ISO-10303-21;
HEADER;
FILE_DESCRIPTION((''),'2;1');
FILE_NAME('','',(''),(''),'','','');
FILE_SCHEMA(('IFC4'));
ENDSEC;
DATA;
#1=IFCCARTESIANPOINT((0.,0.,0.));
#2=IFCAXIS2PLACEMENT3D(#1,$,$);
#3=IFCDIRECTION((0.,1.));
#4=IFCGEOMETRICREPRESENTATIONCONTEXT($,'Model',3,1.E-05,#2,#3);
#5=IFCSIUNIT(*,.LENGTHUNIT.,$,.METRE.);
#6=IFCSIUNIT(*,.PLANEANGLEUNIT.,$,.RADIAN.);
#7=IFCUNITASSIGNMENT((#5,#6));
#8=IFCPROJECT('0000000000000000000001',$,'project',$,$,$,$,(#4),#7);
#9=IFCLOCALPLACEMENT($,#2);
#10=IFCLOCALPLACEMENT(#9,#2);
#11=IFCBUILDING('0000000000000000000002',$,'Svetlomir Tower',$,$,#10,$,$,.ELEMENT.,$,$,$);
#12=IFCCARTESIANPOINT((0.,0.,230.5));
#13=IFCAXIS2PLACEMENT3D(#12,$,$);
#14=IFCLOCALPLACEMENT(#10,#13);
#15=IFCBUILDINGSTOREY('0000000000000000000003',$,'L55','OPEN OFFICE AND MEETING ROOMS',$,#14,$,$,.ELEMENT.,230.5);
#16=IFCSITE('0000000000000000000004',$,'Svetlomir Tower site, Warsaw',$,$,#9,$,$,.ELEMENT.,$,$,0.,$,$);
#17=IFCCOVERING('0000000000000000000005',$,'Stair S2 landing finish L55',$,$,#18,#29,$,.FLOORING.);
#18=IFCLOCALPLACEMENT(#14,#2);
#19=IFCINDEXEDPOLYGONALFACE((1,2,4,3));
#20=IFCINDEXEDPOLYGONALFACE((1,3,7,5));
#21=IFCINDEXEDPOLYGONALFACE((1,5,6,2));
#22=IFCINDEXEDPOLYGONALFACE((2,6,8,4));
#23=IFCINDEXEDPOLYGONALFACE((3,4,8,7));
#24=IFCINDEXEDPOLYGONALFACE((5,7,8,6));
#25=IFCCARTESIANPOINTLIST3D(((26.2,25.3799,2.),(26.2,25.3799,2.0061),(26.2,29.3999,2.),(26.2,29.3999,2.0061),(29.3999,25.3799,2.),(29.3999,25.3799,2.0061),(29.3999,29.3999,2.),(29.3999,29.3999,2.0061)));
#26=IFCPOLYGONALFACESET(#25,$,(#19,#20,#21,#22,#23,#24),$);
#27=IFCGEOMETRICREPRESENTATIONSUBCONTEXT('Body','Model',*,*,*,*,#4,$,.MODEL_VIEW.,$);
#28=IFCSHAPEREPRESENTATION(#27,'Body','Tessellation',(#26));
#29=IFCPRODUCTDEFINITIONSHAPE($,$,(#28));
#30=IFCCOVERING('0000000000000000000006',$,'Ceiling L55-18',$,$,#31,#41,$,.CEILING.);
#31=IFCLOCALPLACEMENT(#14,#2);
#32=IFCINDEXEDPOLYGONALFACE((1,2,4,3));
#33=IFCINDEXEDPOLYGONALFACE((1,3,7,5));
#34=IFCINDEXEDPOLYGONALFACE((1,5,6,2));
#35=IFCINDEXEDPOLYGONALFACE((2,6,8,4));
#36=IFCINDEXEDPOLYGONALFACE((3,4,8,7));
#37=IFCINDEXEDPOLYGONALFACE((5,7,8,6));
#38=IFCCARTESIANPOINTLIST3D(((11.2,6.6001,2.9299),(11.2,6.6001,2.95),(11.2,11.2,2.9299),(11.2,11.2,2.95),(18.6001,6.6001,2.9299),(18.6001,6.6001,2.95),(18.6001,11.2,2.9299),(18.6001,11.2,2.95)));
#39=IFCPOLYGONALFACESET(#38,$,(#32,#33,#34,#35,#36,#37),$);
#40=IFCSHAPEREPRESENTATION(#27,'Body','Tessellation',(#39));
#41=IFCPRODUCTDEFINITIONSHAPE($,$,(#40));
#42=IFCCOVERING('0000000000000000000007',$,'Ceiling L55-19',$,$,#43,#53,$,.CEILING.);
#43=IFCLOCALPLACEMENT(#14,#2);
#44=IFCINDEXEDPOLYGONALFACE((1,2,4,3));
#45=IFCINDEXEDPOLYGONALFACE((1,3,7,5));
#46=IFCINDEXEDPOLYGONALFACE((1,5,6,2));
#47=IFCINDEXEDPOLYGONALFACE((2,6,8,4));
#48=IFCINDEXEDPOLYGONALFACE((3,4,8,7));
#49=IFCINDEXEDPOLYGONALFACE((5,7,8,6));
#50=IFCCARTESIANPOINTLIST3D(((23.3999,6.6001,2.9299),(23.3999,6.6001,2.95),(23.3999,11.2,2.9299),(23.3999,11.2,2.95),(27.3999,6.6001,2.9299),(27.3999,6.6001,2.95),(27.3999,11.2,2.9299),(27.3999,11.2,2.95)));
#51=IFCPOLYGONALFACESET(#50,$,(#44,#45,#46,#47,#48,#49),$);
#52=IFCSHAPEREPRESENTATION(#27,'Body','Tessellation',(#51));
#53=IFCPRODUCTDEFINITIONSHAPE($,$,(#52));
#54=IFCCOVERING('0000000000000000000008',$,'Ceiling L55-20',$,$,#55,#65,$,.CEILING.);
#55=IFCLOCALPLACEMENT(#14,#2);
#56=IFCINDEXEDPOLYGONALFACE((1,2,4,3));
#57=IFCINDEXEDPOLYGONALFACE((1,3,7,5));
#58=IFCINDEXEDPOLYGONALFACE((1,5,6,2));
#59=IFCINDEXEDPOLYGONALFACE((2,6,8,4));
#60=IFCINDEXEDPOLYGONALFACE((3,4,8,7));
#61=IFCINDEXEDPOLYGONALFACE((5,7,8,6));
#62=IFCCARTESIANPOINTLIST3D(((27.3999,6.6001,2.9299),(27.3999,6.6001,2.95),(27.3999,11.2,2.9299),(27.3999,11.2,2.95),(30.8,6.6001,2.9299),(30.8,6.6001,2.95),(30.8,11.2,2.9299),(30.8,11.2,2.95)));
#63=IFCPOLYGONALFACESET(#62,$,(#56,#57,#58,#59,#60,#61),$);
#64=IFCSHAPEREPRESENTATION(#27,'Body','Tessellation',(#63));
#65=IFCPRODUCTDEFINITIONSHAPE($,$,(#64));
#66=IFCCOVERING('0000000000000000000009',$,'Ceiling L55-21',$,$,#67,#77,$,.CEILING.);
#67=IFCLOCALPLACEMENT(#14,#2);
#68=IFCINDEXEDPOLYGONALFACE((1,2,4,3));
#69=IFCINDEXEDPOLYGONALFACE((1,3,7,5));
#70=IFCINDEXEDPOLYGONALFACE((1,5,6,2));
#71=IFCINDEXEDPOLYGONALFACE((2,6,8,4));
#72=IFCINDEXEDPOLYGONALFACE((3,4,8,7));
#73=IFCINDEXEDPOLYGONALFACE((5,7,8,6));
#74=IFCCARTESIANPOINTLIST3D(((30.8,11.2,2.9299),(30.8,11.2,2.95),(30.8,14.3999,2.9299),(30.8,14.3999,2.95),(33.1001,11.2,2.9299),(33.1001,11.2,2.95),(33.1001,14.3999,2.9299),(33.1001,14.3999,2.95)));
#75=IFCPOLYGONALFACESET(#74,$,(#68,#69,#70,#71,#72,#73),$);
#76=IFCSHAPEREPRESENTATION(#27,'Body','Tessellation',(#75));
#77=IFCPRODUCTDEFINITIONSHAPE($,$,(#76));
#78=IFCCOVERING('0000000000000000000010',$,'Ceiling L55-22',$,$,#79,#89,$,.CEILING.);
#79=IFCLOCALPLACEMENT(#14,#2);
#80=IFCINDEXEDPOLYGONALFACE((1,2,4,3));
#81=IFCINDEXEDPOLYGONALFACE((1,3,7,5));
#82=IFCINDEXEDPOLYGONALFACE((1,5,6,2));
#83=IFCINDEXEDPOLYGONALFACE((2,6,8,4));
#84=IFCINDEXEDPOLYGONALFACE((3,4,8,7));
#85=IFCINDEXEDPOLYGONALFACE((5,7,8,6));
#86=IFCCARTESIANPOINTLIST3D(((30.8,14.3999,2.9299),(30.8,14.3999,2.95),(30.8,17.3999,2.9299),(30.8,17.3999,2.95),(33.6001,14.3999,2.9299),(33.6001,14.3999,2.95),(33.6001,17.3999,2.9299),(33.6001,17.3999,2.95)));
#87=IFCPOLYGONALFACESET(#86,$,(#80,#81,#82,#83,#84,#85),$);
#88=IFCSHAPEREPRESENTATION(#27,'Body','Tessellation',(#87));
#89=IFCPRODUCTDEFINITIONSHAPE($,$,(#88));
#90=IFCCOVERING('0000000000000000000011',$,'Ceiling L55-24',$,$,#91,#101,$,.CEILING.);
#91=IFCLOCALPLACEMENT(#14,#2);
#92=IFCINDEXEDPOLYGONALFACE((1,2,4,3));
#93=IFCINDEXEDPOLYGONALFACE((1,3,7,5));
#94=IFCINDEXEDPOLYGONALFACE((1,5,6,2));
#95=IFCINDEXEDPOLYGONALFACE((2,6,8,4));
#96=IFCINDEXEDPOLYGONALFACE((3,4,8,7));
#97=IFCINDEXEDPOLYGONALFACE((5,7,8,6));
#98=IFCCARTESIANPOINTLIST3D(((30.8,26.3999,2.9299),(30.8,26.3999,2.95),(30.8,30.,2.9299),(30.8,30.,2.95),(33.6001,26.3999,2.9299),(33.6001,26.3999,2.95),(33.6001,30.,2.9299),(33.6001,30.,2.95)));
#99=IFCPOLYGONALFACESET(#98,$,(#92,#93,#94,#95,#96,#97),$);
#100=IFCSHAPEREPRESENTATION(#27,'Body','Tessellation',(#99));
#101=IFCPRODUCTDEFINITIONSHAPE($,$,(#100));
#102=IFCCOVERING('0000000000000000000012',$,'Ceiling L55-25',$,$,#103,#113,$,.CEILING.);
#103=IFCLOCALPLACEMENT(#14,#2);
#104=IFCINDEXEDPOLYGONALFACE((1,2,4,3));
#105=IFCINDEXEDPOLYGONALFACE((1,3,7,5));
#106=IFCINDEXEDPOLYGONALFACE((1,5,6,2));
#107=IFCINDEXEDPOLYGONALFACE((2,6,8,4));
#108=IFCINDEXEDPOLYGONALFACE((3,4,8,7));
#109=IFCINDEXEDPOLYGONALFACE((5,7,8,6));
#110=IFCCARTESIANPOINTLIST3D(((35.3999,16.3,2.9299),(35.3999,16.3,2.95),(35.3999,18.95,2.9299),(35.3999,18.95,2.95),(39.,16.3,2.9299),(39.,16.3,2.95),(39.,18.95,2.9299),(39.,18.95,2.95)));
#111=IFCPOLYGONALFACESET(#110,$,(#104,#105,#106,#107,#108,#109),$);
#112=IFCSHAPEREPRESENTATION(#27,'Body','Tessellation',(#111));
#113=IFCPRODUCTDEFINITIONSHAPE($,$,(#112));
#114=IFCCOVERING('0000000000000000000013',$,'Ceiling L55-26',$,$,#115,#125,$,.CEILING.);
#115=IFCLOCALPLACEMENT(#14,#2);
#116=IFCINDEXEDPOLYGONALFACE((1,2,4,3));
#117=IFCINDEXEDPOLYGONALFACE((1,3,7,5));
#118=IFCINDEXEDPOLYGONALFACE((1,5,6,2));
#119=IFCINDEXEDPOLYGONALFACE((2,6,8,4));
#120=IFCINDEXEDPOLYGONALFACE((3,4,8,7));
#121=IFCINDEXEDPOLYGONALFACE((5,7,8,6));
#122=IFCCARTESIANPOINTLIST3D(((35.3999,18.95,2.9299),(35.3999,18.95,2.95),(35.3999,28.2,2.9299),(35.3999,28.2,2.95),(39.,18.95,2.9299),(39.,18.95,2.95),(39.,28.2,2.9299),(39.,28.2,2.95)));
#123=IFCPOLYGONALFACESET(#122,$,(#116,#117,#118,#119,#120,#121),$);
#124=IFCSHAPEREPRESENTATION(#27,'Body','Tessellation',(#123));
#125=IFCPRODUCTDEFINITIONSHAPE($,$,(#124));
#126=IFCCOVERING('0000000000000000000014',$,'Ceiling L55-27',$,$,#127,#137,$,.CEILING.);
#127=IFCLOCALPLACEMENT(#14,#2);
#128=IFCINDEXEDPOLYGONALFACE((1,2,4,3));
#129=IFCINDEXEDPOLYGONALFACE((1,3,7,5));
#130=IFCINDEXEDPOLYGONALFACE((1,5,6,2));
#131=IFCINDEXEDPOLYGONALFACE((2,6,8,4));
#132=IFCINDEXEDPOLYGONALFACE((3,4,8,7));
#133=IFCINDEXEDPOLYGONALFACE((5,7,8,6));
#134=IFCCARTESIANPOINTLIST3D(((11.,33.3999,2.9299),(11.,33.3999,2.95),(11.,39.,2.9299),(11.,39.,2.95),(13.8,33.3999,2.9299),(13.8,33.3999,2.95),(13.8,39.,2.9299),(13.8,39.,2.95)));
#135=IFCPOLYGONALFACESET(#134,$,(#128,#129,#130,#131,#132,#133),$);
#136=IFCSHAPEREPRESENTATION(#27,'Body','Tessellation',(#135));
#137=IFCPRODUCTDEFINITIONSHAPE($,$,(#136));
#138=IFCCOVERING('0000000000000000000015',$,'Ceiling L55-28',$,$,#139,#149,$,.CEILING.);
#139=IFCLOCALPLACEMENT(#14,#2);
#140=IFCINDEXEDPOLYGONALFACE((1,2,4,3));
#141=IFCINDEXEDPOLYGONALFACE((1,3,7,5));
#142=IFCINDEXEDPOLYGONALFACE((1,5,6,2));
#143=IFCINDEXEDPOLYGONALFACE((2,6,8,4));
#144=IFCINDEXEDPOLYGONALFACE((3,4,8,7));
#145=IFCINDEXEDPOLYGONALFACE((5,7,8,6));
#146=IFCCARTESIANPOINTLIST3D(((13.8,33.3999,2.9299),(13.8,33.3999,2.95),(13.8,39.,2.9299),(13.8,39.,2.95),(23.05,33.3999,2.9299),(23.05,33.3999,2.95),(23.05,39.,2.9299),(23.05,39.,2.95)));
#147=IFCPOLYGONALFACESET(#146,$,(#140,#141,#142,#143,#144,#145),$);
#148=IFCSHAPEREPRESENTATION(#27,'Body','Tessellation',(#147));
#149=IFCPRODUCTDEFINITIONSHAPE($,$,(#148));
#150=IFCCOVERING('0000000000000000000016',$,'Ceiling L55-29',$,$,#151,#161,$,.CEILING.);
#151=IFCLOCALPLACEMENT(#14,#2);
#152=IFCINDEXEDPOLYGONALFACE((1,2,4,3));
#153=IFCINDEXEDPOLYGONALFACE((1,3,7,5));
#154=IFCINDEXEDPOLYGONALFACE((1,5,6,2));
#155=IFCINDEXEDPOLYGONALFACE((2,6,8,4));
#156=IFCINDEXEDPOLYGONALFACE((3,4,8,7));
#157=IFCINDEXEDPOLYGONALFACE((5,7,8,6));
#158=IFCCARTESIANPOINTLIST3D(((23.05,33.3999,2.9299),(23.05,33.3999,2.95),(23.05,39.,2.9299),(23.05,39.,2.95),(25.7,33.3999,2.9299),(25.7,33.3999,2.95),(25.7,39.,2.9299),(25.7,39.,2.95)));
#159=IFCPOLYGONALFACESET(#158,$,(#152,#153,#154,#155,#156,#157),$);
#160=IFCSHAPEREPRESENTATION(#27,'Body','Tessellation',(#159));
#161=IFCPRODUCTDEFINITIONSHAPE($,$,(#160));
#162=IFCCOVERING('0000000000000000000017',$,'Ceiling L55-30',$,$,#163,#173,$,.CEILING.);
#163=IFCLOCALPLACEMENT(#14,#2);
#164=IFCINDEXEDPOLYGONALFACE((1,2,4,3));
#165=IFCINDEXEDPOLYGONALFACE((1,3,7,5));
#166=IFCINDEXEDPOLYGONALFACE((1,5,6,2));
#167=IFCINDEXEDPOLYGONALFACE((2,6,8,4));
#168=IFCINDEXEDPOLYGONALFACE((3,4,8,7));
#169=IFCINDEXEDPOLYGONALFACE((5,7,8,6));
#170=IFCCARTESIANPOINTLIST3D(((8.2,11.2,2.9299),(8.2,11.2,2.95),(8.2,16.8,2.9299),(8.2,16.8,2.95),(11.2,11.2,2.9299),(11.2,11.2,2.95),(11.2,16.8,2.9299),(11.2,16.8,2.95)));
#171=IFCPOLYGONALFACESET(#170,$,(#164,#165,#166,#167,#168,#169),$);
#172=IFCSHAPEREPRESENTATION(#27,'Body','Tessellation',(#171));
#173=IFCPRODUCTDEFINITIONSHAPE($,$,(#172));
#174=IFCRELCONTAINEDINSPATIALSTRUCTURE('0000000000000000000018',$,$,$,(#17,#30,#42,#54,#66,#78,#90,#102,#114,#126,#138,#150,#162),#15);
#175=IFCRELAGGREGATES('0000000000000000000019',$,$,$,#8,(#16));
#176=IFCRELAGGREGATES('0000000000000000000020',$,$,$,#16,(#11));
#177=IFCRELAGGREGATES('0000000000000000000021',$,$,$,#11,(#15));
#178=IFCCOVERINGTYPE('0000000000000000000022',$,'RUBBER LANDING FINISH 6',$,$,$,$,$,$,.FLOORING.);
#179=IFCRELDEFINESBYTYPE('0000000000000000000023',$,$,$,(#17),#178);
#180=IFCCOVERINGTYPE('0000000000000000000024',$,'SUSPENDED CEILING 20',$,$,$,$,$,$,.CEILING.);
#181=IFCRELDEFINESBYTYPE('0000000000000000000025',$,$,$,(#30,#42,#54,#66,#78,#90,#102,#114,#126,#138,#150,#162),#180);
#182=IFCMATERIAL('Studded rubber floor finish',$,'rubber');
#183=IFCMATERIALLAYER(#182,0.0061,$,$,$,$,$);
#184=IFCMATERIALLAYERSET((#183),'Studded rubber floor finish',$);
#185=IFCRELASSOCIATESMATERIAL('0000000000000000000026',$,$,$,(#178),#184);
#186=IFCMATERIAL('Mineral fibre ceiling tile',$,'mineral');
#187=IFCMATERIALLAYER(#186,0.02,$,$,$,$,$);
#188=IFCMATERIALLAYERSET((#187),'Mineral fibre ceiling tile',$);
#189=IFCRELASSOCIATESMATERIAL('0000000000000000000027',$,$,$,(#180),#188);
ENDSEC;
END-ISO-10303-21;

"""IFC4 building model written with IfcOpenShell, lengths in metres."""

from ifc_helpers import new_model, si_unit, direction, frame, origin, place, context, subcontext, project, spatial, polyline, outline, extrude, material, layer, layer_set, type_object, element, save


model = new_model("IFC4")

# Units and contexts
model_context = context("Model", 3, precision=1e-05, world=origin(), true_north=direction((0.0, 1.0)))
body_context = subcontext(model_context, "Body", "Model", "MODEL_VIEW")
ifc_project = project(units=[si_unit("LENGTHUNIT", "METRE"), si_unit("PLANEANGLEUNIT", "RADIAN")], contexts=[model_context])

# Site, building, storey
site_placement = place(None, origin())
site = spatial("IfcSite", under=ifc_project, at=site_placement, Name="Svetlomir Tower site, Warsaw", CompositionType="ELEMENT", RefElevation=0.0)
building_placement = place(site_placement, origin())
building = spatial("IfcBuilding", under=site, at=building_placement, Name="Svetlomir Tower", CompositionType="ELEMENT")
storey_placement = place(building_placement, frame((0.0, 0.0, 230.5)))
storey = spatial("IfcBuildingStorey", under=building, at=storey_placement, Name="L55", Description="OPEN OFFICE AND MEETING ROOMS", CompositionType="ELEMENT", Elevation=230.5)

# Coverings
ifc_material_1 = material(Name="Studded rubber floor finish", Category="rubber")
ifc_layer_1 = layer(ifc_material_1, 0.0061)
ifc_layer_set_1 = layer_set([ifc_layer_1], Name="Studded rubber floor finish")
covering_type_1 = type_object("IfcCoveringType", Name="RUBBER LANDING FINISH 6", PredefinedType="FLOORING", material=ifc_layer_set_1)
covering_1_placement = place(storey_placement, frame((0.0, 0.0, 2.0)))
element("IfcCovering", 1, at=covering_1_placement, inside=storey, type_object=covering_type_1, Name="Stair S2 landing finish L55", PredefinedType="FLOORING", context=body_context, shape_type="SweptSolid", body=[
    extrude(outline(polyline([(26.2, 25.3799), (29.3999, 25.3799), (29.3999, 29.3999), (26.2, 29.3999), (26.2, 25.3799)])), origin(), (0.0, 0.0, 1.0), 0.0061),
])
ifc_material_2 = material(Name="Mineral fibre ceiling tile", Category="mineral")
ifc_layer_2 = layer(ifc_material_2, 0.02)
ifc_layer_set_2 = layer_set([ifc_layer_2], Name="Mineral fibre ceiling tile")
covering_type_2 = type_object("IfcCoveringType", Name="SUSPENDED CEILING 20", PredefinedType="CEILING", material=ifc_layer_set_2)
covering_2_placement = place(storey_placement, frame((0.0, 0.0, 2.9299)))
element("IfcCovering", 2, at=covering_2_placement, inside=storey, type_object=covering_type_2, Name="Ceiling L55-18", PredefinedType="CEILING", context=body_context, shape_type="SweptSolid", body=[
    extrude(outline(polyline([(11.2, 6.6001), (18.6001, 6.6001), (18.6001, 11.2), (11.2, 11.2), (11.2, 6.6001)])), origin(), (0.0, 0.0, 1.0), 0.02),
])
covering_3_placement = place(storey_placement, frame((0.0, 0.0, 2.9299)))
element("IfcCovering", 3, at=covering_3_placement, inside=storey, type_object=covering_type_2, Name="Ceiling L55-19", PredefinedType="CEILING", context=body_context, shape_type="SweptSolid", body=[
    extrude(outline(polyline([(23.3999, 6.6001), (27.3999, 6.6001), (27.3999, 11.2), (23.3999, 11.2), (23.3999, 6.6001)])), origin(), (0.0, 0.0, 1.0), 0.02),
])
covering_4_placement = place(storey_placement, frame((0.0, 0.0, 2.9299)))
element("IfcCovering", 4, at=covering_4_placement, inside=storey, type_object=covering_type_2, Name="Ceiling L55-20", PredefinedType="CEILING", context=body_context, shape_type="SweptSolid", body=[
    extrude(outline(polyline([(27.3999, 6.6001), (30.8, 6.6001), (30.8, 11.2), (27.3999, 11.2), (27.3999, 6.6001)])), origin(), (0.0, 0.0, 1.0), 0.02),
])
covering_5_placement = place(storey_placement, frame((0.0, 0.0, 2.9299)))
element("IfcCovering", 5, at=covering_5_placement, inside=storey, type_object=covering_type_2, Name="Ceiling L55-21", PredefinedType="CEILING", context=body_context, shape_type="SweptSolid", body=[
    extrude(outline(polyline([(30.8, 11.2), (33.1001, 11.2), (33.1001, 14.3999), (30.8, 14.3999), (30.8, 11.2)])), origin(), (0.0, 0.0, 1.0), 0.02),
])
covering_6_placement = place(storey_placement, frame((0.0, 0.0, 2.9299)))
element("IfcCovering", 6, at=covering_6_placement, inside=storey, type_object=covering_type_2, Name="Ceiling L55-22", PredefinedType="CEILING", context=body_context, shape_type="SweptSolid", body=[
    extrude(outline(polyline([(30.8, 14.3999), (33.6001, 14.3999), (33.6001, 17.3999), (30.8, 17.3999), (30.8, 14.3999)])), origin(), (0.0, 0.0, 1.0), 0.02),
])
covering_7_placement = place(storey_placement, frame((0.0, 0.0, 2.9299)))
element("IfcCovering", 7, at=covering_7_placement, inside=storey, type_object=covering_type_2, Name="Ceiling L55-24", PredefinedType="CEILING", context=body_context, shape_type="SweptSolid", body=[
    extrude(outline(polyline([(30.8, 26.3999), (33.6001, 26.3999), (33.6001, 30.0), (30.8, 30.0), (30.8, 26.3999)])), origin(), (0.0, 0.0, 1.0), 0.02),
])
covering_8_placement = place(storey_placement, frame((0.0, 0.0, 2.9299)))
element("IfcCovering", 8, at=covering_8_placement, inside=storey, type_object=covering_type_2, Name="Ceiling L55-25", PredefinedType="CEILING", context=body_context, shape_type="SweptSolid", body=[
    extrude(outline(polyline([(35.3999, 16.3), (39.0, 16.3), (39.0, 18.95), (35.3999, 18.95), (35.3999, 16.3)])), origin(), (0.0, 0.0, 1.0), 0.02),
])
covering_9_placement = place(storey_placement, frame((0.0, 0.0, 2.9299)))
element("IfcCovering", 9, at=covering_9_placement, inside=storey, type_object=covering_type_2, Name="Ceiling L55-26", PredefinedType="CEILING", context=body_context, shape_type="SweptSolid", body=[
    extrude(outline(polyline([(35.3999, 18.95), (39.0, 18.95), (39.0, 28.2), (35.3999, 28.2), (35.3999, 18.95)])), origin(), (0.0, 0.0, 1.0), 0.02),
])
covering_10_placement = place(storey_placement, frame((0.0, 0.0, 2.9299)))
element("IfcCovering", 10, at=covering_10_placement, inside=storey, type_object=covering_type_2, Name="Ceiling L55-27", PredefinedType="CEILING", context=body_context, shape_type="SweptSolid", body=[
    extrude(outline(polyline([(11.0, 33.3999), (13.8, 33.3999), (13.8, 39.0), (11.0, 39.0), (11.0, 33.3999)])), origin(), (0.0, 0.0, 1.0), 0.02),
])
covering_11_placement = place(storey_placement, frame((0.0, 0.0, 2.9299)))
element("IfcCovering", 11, at=covering_11_placement, inside=storey, type_object=covering_type_2, Name="Ceiling L55-28", PredefinedType="CEILING", context=body_context, shape_type="SweptSolid", body=[
    extrude(outline(polyline([(13.8, 33.3999), (23.05, 33.3999), (23.05, 39.0), (13.8, 39.0), (13.8, 33.3999)])), origin(), (0.0, 0.0, 1.0), 0.02),
])
covering_12_placement = place(storey_placement, frame((0.0, 0.0, 2.9299)))
element("IfcCovering", 12, at=covering_12_placement, inside=storey, type_object=covering_type_2, Name="Ceiling L55-29", PredefinedType="CEILING", context=body_context, shape_type="SweptSolid", body=[
    extrude(outline(polyline([(23.05, 33.3999), (25.7, 33.3999), (25.7, 39.0), (23.05, 39.0), (23.05, 33.3999)])), origin(), (0.0, 0.0, 1.0), 0.02),
])
covering_13_placement = place(storey_placement, frame((0.0, 0.0, 2.9299)))
element("IfcCovering", 13, at=covering_13_placement, inside=storey, type_object=covering_type_2, Name="Ceiling L55-30", PredefinedType="CEILING", context=body_context, shape_type="SweptSolid", body=[
    extrude(outline(polyline([(8.2, 11.2), (11.2, 11.2), (11.2, 16.8), (8.2, 16.8), (8.2, 11.2)])), origin(), (0.0, 0.0, 1.0), 0.02),
])

save(model, "model.ifc")
